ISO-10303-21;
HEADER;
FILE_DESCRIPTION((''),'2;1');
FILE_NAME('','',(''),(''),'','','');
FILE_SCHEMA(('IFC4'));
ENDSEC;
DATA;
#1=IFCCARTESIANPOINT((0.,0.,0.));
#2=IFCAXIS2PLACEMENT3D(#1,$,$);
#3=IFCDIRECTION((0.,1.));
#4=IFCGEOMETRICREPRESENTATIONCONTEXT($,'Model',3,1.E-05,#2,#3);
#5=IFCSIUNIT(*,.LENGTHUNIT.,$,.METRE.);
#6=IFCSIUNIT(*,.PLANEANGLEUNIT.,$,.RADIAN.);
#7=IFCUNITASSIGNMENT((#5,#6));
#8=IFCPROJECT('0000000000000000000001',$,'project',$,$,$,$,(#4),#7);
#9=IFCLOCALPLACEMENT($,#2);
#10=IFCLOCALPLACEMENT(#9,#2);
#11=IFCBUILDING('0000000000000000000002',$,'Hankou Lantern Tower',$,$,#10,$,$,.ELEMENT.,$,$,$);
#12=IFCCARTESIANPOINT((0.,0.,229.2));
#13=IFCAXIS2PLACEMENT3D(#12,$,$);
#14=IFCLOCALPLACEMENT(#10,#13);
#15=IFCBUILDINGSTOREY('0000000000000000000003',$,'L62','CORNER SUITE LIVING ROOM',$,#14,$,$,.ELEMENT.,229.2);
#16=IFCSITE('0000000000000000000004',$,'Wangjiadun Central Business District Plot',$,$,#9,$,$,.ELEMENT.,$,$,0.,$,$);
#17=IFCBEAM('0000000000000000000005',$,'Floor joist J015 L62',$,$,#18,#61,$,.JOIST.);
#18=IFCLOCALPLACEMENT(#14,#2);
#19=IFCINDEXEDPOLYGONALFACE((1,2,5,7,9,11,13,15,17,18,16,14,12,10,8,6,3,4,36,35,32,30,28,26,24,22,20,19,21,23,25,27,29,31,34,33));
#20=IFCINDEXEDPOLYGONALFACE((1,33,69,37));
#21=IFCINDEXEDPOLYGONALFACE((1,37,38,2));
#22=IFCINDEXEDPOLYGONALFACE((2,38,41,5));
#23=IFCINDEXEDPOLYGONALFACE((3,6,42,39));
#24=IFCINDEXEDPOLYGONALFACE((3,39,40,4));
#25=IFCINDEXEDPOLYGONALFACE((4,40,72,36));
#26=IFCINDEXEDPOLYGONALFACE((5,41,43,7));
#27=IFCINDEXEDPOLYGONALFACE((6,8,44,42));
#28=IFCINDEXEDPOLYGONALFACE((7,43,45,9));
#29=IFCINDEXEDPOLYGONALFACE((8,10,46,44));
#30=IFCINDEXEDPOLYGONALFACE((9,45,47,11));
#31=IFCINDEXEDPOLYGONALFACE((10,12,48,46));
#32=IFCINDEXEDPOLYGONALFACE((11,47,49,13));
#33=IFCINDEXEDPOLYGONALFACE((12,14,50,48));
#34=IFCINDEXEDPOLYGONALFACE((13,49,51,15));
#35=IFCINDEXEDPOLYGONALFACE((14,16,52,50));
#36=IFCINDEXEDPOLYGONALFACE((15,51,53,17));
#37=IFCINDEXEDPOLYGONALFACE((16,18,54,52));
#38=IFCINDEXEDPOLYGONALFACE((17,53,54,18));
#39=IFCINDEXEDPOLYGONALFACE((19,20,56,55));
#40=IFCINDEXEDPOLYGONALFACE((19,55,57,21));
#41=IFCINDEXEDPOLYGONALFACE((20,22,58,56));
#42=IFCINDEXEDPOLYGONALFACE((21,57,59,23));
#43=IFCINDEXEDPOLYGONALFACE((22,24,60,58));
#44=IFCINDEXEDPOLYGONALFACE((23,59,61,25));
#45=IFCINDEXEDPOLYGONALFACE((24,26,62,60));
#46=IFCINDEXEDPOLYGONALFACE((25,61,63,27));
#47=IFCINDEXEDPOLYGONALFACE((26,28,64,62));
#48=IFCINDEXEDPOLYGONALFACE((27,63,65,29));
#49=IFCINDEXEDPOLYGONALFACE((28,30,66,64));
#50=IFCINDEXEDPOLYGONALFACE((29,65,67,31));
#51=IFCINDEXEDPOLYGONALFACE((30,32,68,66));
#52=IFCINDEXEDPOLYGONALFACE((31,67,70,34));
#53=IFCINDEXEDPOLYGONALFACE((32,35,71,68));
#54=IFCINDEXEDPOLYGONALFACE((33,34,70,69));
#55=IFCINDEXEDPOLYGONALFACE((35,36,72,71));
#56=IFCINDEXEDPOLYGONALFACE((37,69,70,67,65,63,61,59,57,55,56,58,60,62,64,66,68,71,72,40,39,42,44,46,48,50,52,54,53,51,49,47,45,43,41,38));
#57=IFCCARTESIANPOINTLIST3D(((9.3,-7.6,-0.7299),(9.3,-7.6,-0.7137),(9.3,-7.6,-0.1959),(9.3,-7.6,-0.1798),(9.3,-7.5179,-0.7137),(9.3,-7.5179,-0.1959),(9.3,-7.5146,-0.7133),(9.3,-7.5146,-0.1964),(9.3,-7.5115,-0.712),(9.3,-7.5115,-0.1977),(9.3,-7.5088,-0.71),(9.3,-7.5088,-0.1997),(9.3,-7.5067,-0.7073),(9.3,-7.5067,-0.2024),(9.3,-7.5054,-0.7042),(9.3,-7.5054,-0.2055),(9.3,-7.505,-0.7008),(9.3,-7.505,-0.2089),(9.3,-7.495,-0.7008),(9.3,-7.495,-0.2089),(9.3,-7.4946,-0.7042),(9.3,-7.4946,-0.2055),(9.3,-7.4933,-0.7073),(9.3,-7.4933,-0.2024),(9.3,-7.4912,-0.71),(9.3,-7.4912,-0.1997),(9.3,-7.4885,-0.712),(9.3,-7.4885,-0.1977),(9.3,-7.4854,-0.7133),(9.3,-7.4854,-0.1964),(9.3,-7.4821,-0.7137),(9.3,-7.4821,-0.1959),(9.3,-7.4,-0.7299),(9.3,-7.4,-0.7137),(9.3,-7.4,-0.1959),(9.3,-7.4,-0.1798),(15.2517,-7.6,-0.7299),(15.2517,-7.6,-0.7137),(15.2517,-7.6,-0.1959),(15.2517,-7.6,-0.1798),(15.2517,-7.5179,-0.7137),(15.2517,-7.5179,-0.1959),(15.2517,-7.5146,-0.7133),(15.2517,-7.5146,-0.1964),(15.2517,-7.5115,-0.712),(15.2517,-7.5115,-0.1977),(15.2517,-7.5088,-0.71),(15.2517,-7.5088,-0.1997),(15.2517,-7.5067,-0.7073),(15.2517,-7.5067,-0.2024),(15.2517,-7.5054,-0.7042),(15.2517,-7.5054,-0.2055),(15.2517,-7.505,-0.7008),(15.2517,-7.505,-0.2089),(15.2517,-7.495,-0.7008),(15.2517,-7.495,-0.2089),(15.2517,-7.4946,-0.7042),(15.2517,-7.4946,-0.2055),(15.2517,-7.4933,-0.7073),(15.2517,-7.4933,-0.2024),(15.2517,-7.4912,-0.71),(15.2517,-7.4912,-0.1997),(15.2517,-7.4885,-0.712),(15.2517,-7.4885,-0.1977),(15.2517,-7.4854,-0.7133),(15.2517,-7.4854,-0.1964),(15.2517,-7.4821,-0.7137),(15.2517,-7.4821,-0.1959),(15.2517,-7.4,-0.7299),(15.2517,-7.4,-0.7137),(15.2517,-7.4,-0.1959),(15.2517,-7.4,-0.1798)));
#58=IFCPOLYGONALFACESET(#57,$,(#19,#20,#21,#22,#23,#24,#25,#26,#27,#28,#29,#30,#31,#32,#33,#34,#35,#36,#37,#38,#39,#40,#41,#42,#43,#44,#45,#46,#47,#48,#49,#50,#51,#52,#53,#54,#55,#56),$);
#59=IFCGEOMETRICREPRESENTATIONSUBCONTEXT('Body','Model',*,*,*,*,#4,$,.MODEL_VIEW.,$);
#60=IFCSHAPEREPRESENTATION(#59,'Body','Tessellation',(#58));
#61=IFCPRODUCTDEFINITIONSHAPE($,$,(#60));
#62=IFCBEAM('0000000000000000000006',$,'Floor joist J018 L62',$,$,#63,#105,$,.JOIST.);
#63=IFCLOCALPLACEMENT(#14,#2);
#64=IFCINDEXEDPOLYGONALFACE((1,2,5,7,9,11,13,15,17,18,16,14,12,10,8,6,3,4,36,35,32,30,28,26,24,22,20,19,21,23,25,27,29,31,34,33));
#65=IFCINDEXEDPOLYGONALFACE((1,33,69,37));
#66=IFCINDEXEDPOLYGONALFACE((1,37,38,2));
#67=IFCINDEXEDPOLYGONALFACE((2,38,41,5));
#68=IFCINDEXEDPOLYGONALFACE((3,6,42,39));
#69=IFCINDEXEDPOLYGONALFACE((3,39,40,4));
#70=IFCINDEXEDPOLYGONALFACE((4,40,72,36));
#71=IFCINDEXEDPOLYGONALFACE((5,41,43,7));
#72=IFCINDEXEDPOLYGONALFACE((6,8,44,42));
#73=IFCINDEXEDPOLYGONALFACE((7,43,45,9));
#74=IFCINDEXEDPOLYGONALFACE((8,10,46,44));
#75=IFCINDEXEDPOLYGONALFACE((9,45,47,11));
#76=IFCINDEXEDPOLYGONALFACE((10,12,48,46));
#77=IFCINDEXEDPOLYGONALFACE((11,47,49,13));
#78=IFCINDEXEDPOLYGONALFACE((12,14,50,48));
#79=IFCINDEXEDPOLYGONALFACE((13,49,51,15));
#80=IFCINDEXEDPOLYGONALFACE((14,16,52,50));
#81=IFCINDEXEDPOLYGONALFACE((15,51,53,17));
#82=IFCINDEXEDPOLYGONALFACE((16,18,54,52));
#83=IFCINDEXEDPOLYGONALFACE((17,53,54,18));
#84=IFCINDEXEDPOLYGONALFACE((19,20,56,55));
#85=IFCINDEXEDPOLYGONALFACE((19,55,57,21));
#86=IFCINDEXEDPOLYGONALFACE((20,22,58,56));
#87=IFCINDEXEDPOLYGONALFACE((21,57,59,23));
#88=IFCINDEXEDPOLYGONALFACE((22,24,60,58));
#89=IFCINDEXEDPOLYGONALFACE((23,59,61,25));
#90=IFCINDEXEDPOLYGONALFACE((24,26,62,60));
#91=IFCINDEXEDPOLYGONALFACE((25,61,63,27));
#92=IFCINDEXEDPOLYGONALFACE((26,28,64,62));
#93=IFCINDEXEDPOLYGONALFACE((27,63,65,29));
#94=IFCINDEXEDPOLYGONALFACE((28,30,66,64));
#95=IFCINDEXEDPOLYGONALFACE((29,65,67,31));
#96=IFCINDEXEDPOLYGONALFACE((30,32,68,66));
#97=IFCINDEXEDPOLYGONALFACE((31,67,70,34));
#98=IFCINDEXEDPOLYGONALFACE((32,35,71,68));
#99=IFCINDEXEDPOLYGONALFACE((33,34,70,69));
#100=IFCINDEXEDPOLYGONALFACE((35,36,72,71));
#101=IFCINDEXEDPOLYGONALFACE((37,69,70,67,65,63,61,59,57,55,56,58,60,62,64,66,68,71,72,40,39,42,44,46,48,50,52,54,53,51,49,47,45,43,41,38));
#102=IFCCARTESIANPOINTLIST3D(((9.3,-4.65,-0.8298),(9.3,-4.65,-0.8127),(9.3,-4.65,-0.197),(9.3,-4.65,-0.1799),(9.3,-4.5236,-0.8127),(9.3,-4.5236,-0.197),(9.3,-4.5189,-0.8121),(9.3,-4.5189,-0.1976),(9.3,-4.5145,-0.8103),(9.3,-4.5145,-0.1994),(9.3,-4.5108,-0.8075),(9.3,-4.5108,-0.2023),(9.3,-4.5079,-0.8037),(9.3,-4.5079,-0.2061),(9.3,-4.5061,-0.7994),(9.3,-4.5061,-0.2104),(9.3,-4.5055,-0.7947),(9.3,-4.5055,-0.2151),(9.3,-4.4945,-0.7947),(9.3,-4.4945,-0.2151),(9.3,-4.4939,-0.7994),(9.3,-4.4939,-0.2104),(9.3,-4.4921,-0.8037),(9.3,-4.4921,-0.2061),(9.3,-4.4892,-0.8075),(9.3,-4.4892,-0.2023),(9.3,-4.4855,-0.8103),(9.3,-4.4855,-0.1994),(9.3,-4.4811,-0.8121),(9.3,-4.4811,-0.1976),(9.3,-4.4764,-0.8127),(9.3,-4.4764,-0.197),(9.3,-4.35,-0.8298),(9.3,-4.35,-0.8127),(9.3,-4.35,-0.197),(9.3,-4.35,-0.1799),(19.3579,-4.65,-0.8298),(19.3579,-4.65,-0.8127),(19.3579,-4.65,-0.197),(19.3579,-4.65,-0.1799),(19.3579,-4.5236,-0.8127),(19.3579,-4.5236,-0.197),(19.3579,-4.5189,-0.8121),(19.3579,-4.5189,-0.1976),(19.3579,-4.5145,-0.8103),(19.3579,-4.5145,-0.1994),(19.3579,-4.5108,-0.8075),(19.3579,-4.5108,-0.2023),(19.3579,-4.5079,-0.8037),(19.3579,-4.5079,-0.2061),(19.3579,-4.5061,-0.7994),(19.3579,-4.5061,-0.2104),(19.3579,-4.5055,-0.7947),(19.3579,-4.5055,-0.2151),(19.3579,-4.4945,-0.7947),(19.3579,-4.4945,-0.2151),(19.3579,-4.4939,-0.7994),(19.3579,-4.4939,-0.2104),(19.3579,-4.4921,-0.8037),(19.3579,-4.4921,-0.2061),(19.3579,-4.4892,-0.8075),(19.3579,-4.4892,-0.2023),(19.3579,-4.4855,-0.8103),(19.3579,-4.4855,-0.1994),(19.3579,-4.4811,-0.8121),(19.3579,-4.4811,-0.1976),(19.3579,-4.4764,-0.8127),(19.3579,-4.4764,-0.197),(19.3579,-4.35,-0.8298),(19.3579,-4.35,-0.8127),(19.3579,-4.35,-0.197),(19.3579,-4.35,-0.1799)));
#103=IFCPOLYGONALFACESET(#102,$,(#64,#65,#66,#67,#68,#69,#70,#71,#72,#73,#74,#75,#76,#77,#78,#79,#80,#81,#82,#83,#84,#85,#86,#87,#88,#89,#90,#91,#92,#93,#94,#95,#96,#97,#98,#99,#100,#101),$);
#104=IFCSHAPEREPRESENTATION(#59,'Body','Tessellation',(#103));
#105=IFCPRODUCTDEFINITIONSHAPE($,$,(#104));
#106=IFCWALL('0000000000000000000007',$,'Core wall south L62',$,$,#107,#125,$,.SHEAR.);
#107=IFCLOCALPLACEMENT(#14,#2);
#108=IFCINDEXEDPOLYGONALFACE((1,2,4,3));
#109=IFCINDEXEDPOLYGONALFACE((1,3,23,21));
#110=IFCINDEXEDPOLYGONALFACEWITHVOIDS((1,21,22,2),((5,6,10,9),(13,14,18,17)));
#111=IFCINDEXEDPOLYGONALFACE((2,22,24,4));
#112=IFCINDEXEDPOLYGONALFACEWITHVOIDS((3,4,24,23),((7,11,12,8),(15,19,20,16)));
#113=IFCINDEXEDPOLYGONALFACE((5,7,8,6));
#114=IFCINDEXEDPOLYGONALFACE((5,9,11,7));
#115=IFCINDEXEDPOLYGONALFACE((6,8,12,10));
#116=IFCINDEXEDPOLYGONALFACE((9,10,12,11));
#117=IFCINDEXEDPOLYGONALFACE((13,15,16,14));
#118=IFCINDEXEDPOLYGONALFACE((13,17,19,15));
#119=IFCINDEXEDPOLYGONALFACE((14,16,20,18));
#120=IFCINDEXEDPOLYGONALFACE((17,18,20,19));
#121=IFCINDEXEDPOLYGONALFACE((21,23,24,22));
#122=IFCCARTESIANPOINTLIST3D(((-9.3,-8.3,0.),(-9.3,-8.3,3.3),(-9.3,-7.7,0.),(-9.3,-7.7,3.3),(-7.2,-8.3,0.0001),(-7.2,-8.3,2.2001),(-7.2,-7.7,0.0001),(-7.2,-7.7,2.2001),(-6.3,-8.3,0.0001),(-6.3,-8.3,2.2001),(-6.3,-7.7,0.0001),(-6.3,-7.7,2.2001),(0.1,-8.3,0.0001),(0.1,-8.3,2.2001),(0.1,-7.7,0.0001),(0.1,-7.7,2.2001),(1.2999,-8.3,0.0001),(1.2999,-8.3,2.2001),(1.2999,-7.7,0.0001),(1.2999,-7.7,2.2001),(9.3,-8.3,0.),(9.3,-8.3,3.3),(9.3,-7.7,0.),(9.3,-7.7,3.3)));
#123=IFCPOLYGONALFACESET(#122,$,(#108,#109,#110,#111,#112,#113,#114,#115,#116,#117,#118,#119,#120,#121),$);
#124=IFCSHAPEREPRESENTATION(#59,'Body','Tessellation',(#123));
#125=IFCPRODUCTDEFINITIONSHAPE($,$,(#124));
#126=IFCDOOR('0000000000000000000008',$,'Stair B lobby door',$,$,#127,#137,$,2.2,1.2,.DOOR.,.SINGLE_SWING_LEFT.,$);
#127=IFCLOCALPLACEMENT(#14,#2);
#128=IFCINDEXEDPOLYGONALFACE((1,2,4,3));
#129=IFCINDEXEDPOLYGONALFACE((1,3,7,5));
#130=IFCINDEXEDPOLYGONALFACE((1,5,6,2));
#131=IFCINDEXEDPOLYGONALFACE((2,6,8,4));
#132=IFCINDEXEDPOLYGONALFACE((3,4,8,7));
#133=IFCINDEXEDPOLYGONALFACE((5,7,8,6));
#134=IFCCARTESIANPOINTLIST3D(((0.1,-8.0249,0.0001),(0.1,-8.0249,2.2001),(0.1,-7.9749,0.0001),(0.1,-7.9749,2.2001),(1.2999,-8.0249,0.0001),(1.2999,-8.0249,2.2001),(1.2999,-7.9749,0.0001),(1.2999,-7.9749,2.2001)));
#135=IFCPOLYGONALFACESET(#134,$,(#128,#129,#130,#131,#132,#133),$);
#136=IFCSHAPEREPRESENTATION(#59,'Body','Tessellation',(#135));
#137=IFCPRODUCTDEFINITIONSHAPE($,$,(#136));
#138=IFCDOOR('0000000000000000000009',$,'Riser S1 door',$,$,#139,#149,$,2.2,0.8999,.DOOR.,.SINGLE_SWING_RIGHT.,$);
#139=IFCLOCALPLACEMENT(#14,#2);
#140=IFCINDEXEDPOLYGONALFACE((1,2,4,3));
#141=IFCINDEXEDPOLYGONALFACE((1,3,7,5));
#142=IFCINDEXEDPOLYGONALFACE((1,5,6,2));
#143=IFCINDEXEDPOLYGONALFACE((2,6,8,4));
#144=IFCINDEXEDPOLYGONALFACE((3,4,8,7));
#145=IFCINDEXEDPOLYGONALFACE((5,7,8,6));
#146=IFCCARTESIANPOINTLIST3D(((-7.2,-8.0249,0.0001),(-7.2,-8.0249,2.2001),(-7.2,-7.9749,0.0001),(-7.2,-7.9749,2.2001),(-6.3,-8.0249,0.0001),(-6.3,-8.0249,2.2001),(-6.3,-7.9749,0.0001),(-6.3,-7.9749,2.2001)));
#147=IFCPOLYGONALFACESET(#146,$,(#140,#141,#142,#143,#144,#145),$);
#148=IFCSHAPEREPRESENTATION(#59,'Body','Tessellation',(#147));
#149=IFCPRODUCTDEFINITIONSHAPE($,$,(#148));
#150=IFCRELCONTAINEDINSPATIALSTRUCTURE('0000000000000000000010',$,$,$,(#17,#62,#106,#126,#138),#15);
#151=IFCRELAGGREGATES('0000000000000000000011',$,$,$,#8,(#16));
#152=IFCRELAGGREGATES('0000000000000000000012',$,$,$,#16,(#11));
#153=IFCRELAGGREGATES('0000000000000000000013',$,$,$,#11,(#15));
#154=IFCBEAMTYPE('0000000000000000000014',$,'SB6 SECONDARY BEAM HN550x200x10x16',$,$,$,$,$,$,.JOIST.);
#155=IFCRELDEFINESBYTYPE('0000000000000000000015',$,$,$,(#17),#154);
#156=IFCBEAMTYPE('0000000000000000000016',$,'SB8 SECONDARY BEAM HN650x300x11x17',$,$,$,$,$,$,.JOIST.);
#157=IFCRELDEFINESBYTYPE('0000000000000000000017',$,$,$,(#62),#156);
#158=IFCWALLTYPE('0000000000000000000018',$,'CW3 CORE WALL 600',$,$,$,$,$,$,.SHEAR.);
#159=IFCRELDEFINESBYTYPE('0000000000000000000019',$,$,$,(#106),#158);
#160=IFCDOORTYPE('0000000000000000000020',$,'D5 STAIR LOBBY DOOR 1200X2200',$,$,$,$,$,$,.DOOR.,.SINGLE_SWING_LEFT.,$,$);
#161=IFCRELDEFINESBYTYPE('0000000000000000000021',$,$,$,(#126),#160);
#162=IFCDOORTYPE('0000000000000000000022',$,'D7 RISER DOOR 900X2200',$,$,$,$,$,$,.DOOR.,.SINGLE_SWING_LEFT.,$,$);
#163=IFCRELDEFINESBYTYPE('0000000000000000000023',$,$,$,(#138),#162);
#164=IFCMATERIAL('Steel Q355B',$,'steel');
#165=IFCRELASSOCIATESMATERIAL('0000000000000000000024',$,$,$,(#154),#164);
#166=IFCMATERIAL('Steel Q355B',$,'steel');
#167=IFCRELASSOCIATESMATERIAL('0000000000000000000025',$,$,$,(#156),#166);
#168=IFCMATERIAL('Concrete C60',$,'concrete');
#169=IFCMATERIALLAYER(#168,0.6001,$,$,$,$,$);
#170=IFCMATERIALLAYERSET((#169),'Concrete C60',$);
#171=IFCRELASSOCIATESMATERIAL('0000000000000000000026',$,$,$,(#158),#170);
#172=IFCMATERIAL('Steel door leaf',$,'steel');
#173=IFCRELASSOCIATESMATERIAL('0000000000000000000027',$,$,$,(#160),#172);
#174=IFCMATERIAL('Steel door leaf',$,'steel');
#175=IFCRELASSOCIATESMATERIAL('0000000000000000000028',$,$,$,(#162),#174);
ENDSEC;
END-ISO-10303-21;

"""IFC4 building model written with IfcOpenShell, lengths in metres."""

from ifc_helpers import new_model, si_unit, direction, frame, frame_2d, origin, origin_2d, place, context, subcontext, project, spatial, rectangle, i_section, extrude, material, layer, layer_set, material_profile, profile_set, type_object, element, fill, save


model = new_model("IFC4")

# Units and contexts
model_context = context("Model", 3, precision=1e-05, world=origin(), true_north=direction((0.0, 1.0)))
body_context = subcontext(model_context, "Body", "Model", "MODEL_VIEW")
ifc_project = project(units=[si_unit("LENGTHUNIT", "METRE"), si_unit("PLANEANGLEUNIT", "RADIAN")], contexts=[model_context])

# Site, building, storey
site_placement = place(None, origin())
site = spatial("IfcSite", under=ifc_project, at=site_placement, Name="Wangjiadun Central Business District Plot", CompositionType="ELEMENT", RefElevation=0.0)
building_placement = place(site_placement, origin())
building = spatial("IfcBuilding", under=site, at=building_placement, Name="Hankou Lantern Tower", CompositionType="ELEMENT")
storey_placement = place(building_placement, frame((0.0, 0.0, 229.2)))
storey = spatial("IfcBuildingStorey", under=building, at=storey_placement, Name="L62", Description="CORNER SUITE LIVING ROOM", CompositionType="ELEMENT", Elevation=229.2)

# Beams
ifc_material_1 = material(Name="Steel Q355B", Category="steel")
ifc_material_profile_1 = material_profile(ifc_material_1, i_section(OverallWidth=0.2, OverallDepth=0.55, WebThickness=0.01, FlangeThickness=0.0161, FilletRadius=0.0129, at=origin_2d()), Name="HN550x200x10x16")
ifc_profile_set_1 = profile_set([ifc_material_profile_1], Name="Steel Q355B")
beam_type_1 = type_object("IfcBeamType", Name="SB6 SECONDARY BEAM HN550x200x10x16", PredefinedType="JOIST", material=ifc_profile_set_1)
beam_1_placement = place(storey_placement, frame((9.3, -7.5, -0.4548), z_axis=(1.0, 0.0, 0.0), x_axis=(0.0, 1.0, 0.0)))
element("IfcBeam", 1, at=beam_1_placement, inside=storey, type_object=beam_type_1, Name="Floor joist J015 L62", PredefinedType="JOIST", context=body_context, shape_type="SweptSolid", body=[
    extrude(i_section(OverallWidth=0.2, OverallDepth=0.55, WebThickness=0.01, FlangeThickness=0.0161, FilletRadius=0.0129, at=origin_2d()), origin(), (0.0, 0.0, 1.0), 5.9517),
])
ifc_material_2 = material(Name="Steel Q355B", Category="steel")
ifc_material_profile_2 = material_profile(ifc_material_2, i_section(OverallWidth=0.3, OverallDepth=0.6499, WebThickness=0.011, FlangeThickness=0.0171, FilletRadius=0.0181, at=origin_2d()), Name="HN650x300x11x17")
ifc_profile_set_2 = profile_set([ifc_material_profile_2], Name="Steel Q355B")
beam_type_2 = type_object("IfcBeamType", Name="SB8 SECONDARY BEAM HN650x300x11x17", PredefinedType="JOIST", material=ifc_profile_set_2)
beam_2_placement = place(storey_placement, frame((9.3, -4.5, -0.5049), z_axis=(1.0, 0.0, 0.0), x_axis=(0.0, 1.0, 0.0)))
element("IfcBeam", 2, at=beam_2_placement, inside=storey, type_object=beam_type_2, Name="Floor joist J018 L62", PredefinedType="JOIST", context=body_context, shape_type="SweptSolid", body=[
    extrude(i_section(OverallWidth=0.3, OverallDepth=0.6499, WebThickness=0.011, FlangeThickness=0.0171, FilletRadius=0.0181, at=origin_2d()), origin(), (0.0, 0.0, 1.0), 10.0579),
])

# Wall, openings, doors
ifc_material_3 = material(Name="Concrete C60", Category="concrete")
ifc_layer_1 = layer(ifc_material_3, 0.6001)
ifc_layer_set_1 = layer_set([ifc_layer_1], Name="Concrete C60")
wall_type_1 = type_object("IfcWallType", Name="CW3 CORE WALL 600", PredefinedType="SHEAR", material=ifc_layer_set_1)
wall_1_placement = place(storey_placement, frame((9.3, -8.0, 0.0), z_axis=(0.0, 0.0, 1.0), x_axis=(-1.0, 0.0, 0.0)))
wall_1 = element("IfcWall", 3, at=wall_1_placement, inside=storey, type_object=wall_type_1, Name="Core wall south L62", PredefinedType="SHEAR", context=body_context, shape_type="SweptSolid", body=[
    extrude(rectangle(XDim=18.6001, YDim=0.6001, at=frame_2d((9.3, 0.0))), origin(), (0.0, 0.0, 1.0), 3.3),
])
opening_1_placement = place(wall_1_placement, frame((8.0, 0.0, 0.0)))
opening_1 = element("IfcOpeningElement", 4, at=opening_1_placement, cuts=wall_1, PredefinedType="OPENING", context=body_context, shape_type="SweptSolid", body=[
    extrude(rectangle(XDim=1.2, YDim=2.2, at=frame_2d((0.6001, 1.1001))), frame((0.0, 0.3101, 0.0), z_axis=(0.0, -1.0, 0.0), x_axis=(1.0, 0.0, 0.0)), (0.0, 0.0, 1.0), 0.6201),
])
opening_2_placement = place(wall_1_placement, frame((15.6001, 0.0, 0.0)))
opening_2 = element("IfcOpeningElement", 5, at=opening_2_placement, cuts=wall_1, PredefinedType="OPENING", context=body_context, shape_type="SweptSolid", body=[
    extrude(rectangle(XDim=0.8999, YDim=2.2, at=frame_2d((0.45, 1.1001))), frame((0.0, 0.3101, 0.0), z_axis=(0.0, -1.0, 0.0), x_axis=(1.0, 0.0, 0.0)), (0.0, 0.0, 1.0), 0.6201),
])
ifc_material_4 = material(Name="Steel door leaf", Category="steel")
door_type_1 = type_object("IfcDoorType", Name="D5 STAIR LOBBY DOOR 1200X2200", OperationType="SINGLE_SWING_LEFT", PredefinedType="DOOR", material=ifc_material_4)
door_1_placement = place(opening_1_placement, origin())
door_1 = element("IfcDoor", 6, at=door_1_placement, inside=storey, type_object=door_type_1, Name="Stair B lobby door", OperationType="SINGLE_SWING_LEFT", OverallHeight=2.2, OverallWidth=1.2, PredefinedType="DOOR", context=body_context, shape_type="SweptSolid", body=[
    extrude(rectangle(XDim=1.2, YDim=2.2, at=frame_2d((0.6001, 1.1001))), frame((0.0, 0.0249, 0.0), z_axis=(0.0, -1.0, 0.0), x_axis=(1.0, 0.0, 0.0)), (0.0, 0.0, 1.0), 0.05),
])
fill(opening_1, door_1)
ifc_material_5 = material(Name="Steel door leaf", Category="steel")
door_type_2 = type_object("IfcDoorType", Name="D7 RISER DOOR 900X2200", OperationType="SINGLE_SWING_LEFT", PredefinedType="DOOR", material=ifc_material_5)
door_2_placement = place(opening_2_placement, origin())
door_2 = element("IfcDoor", 7, at=door_2_placement, inside=storey, type_object=door_type_2, Name="Riser S1 door", OperationType="SINGLE_SWING_RIGHT", OverallHeight=2.2, OverallWidth=0.8999, PredefinedType="DOOR", context=body_context, shape_type="SweptSolid", body=[
    extrude(rectangle(XDim=0.8999, YDim=2.2, at=frame_2d((0.45, 1.1001))), frame((0.0, 0.0249, 0.0), z_axis=(0.0, -1.0, 0.0), x_axis=(1.0, 0.0, 0.0)), (0.0, 0.0, 1.0), 0.05),
])
fill(opening_2, door_2)

save(model, "model.ifc")
